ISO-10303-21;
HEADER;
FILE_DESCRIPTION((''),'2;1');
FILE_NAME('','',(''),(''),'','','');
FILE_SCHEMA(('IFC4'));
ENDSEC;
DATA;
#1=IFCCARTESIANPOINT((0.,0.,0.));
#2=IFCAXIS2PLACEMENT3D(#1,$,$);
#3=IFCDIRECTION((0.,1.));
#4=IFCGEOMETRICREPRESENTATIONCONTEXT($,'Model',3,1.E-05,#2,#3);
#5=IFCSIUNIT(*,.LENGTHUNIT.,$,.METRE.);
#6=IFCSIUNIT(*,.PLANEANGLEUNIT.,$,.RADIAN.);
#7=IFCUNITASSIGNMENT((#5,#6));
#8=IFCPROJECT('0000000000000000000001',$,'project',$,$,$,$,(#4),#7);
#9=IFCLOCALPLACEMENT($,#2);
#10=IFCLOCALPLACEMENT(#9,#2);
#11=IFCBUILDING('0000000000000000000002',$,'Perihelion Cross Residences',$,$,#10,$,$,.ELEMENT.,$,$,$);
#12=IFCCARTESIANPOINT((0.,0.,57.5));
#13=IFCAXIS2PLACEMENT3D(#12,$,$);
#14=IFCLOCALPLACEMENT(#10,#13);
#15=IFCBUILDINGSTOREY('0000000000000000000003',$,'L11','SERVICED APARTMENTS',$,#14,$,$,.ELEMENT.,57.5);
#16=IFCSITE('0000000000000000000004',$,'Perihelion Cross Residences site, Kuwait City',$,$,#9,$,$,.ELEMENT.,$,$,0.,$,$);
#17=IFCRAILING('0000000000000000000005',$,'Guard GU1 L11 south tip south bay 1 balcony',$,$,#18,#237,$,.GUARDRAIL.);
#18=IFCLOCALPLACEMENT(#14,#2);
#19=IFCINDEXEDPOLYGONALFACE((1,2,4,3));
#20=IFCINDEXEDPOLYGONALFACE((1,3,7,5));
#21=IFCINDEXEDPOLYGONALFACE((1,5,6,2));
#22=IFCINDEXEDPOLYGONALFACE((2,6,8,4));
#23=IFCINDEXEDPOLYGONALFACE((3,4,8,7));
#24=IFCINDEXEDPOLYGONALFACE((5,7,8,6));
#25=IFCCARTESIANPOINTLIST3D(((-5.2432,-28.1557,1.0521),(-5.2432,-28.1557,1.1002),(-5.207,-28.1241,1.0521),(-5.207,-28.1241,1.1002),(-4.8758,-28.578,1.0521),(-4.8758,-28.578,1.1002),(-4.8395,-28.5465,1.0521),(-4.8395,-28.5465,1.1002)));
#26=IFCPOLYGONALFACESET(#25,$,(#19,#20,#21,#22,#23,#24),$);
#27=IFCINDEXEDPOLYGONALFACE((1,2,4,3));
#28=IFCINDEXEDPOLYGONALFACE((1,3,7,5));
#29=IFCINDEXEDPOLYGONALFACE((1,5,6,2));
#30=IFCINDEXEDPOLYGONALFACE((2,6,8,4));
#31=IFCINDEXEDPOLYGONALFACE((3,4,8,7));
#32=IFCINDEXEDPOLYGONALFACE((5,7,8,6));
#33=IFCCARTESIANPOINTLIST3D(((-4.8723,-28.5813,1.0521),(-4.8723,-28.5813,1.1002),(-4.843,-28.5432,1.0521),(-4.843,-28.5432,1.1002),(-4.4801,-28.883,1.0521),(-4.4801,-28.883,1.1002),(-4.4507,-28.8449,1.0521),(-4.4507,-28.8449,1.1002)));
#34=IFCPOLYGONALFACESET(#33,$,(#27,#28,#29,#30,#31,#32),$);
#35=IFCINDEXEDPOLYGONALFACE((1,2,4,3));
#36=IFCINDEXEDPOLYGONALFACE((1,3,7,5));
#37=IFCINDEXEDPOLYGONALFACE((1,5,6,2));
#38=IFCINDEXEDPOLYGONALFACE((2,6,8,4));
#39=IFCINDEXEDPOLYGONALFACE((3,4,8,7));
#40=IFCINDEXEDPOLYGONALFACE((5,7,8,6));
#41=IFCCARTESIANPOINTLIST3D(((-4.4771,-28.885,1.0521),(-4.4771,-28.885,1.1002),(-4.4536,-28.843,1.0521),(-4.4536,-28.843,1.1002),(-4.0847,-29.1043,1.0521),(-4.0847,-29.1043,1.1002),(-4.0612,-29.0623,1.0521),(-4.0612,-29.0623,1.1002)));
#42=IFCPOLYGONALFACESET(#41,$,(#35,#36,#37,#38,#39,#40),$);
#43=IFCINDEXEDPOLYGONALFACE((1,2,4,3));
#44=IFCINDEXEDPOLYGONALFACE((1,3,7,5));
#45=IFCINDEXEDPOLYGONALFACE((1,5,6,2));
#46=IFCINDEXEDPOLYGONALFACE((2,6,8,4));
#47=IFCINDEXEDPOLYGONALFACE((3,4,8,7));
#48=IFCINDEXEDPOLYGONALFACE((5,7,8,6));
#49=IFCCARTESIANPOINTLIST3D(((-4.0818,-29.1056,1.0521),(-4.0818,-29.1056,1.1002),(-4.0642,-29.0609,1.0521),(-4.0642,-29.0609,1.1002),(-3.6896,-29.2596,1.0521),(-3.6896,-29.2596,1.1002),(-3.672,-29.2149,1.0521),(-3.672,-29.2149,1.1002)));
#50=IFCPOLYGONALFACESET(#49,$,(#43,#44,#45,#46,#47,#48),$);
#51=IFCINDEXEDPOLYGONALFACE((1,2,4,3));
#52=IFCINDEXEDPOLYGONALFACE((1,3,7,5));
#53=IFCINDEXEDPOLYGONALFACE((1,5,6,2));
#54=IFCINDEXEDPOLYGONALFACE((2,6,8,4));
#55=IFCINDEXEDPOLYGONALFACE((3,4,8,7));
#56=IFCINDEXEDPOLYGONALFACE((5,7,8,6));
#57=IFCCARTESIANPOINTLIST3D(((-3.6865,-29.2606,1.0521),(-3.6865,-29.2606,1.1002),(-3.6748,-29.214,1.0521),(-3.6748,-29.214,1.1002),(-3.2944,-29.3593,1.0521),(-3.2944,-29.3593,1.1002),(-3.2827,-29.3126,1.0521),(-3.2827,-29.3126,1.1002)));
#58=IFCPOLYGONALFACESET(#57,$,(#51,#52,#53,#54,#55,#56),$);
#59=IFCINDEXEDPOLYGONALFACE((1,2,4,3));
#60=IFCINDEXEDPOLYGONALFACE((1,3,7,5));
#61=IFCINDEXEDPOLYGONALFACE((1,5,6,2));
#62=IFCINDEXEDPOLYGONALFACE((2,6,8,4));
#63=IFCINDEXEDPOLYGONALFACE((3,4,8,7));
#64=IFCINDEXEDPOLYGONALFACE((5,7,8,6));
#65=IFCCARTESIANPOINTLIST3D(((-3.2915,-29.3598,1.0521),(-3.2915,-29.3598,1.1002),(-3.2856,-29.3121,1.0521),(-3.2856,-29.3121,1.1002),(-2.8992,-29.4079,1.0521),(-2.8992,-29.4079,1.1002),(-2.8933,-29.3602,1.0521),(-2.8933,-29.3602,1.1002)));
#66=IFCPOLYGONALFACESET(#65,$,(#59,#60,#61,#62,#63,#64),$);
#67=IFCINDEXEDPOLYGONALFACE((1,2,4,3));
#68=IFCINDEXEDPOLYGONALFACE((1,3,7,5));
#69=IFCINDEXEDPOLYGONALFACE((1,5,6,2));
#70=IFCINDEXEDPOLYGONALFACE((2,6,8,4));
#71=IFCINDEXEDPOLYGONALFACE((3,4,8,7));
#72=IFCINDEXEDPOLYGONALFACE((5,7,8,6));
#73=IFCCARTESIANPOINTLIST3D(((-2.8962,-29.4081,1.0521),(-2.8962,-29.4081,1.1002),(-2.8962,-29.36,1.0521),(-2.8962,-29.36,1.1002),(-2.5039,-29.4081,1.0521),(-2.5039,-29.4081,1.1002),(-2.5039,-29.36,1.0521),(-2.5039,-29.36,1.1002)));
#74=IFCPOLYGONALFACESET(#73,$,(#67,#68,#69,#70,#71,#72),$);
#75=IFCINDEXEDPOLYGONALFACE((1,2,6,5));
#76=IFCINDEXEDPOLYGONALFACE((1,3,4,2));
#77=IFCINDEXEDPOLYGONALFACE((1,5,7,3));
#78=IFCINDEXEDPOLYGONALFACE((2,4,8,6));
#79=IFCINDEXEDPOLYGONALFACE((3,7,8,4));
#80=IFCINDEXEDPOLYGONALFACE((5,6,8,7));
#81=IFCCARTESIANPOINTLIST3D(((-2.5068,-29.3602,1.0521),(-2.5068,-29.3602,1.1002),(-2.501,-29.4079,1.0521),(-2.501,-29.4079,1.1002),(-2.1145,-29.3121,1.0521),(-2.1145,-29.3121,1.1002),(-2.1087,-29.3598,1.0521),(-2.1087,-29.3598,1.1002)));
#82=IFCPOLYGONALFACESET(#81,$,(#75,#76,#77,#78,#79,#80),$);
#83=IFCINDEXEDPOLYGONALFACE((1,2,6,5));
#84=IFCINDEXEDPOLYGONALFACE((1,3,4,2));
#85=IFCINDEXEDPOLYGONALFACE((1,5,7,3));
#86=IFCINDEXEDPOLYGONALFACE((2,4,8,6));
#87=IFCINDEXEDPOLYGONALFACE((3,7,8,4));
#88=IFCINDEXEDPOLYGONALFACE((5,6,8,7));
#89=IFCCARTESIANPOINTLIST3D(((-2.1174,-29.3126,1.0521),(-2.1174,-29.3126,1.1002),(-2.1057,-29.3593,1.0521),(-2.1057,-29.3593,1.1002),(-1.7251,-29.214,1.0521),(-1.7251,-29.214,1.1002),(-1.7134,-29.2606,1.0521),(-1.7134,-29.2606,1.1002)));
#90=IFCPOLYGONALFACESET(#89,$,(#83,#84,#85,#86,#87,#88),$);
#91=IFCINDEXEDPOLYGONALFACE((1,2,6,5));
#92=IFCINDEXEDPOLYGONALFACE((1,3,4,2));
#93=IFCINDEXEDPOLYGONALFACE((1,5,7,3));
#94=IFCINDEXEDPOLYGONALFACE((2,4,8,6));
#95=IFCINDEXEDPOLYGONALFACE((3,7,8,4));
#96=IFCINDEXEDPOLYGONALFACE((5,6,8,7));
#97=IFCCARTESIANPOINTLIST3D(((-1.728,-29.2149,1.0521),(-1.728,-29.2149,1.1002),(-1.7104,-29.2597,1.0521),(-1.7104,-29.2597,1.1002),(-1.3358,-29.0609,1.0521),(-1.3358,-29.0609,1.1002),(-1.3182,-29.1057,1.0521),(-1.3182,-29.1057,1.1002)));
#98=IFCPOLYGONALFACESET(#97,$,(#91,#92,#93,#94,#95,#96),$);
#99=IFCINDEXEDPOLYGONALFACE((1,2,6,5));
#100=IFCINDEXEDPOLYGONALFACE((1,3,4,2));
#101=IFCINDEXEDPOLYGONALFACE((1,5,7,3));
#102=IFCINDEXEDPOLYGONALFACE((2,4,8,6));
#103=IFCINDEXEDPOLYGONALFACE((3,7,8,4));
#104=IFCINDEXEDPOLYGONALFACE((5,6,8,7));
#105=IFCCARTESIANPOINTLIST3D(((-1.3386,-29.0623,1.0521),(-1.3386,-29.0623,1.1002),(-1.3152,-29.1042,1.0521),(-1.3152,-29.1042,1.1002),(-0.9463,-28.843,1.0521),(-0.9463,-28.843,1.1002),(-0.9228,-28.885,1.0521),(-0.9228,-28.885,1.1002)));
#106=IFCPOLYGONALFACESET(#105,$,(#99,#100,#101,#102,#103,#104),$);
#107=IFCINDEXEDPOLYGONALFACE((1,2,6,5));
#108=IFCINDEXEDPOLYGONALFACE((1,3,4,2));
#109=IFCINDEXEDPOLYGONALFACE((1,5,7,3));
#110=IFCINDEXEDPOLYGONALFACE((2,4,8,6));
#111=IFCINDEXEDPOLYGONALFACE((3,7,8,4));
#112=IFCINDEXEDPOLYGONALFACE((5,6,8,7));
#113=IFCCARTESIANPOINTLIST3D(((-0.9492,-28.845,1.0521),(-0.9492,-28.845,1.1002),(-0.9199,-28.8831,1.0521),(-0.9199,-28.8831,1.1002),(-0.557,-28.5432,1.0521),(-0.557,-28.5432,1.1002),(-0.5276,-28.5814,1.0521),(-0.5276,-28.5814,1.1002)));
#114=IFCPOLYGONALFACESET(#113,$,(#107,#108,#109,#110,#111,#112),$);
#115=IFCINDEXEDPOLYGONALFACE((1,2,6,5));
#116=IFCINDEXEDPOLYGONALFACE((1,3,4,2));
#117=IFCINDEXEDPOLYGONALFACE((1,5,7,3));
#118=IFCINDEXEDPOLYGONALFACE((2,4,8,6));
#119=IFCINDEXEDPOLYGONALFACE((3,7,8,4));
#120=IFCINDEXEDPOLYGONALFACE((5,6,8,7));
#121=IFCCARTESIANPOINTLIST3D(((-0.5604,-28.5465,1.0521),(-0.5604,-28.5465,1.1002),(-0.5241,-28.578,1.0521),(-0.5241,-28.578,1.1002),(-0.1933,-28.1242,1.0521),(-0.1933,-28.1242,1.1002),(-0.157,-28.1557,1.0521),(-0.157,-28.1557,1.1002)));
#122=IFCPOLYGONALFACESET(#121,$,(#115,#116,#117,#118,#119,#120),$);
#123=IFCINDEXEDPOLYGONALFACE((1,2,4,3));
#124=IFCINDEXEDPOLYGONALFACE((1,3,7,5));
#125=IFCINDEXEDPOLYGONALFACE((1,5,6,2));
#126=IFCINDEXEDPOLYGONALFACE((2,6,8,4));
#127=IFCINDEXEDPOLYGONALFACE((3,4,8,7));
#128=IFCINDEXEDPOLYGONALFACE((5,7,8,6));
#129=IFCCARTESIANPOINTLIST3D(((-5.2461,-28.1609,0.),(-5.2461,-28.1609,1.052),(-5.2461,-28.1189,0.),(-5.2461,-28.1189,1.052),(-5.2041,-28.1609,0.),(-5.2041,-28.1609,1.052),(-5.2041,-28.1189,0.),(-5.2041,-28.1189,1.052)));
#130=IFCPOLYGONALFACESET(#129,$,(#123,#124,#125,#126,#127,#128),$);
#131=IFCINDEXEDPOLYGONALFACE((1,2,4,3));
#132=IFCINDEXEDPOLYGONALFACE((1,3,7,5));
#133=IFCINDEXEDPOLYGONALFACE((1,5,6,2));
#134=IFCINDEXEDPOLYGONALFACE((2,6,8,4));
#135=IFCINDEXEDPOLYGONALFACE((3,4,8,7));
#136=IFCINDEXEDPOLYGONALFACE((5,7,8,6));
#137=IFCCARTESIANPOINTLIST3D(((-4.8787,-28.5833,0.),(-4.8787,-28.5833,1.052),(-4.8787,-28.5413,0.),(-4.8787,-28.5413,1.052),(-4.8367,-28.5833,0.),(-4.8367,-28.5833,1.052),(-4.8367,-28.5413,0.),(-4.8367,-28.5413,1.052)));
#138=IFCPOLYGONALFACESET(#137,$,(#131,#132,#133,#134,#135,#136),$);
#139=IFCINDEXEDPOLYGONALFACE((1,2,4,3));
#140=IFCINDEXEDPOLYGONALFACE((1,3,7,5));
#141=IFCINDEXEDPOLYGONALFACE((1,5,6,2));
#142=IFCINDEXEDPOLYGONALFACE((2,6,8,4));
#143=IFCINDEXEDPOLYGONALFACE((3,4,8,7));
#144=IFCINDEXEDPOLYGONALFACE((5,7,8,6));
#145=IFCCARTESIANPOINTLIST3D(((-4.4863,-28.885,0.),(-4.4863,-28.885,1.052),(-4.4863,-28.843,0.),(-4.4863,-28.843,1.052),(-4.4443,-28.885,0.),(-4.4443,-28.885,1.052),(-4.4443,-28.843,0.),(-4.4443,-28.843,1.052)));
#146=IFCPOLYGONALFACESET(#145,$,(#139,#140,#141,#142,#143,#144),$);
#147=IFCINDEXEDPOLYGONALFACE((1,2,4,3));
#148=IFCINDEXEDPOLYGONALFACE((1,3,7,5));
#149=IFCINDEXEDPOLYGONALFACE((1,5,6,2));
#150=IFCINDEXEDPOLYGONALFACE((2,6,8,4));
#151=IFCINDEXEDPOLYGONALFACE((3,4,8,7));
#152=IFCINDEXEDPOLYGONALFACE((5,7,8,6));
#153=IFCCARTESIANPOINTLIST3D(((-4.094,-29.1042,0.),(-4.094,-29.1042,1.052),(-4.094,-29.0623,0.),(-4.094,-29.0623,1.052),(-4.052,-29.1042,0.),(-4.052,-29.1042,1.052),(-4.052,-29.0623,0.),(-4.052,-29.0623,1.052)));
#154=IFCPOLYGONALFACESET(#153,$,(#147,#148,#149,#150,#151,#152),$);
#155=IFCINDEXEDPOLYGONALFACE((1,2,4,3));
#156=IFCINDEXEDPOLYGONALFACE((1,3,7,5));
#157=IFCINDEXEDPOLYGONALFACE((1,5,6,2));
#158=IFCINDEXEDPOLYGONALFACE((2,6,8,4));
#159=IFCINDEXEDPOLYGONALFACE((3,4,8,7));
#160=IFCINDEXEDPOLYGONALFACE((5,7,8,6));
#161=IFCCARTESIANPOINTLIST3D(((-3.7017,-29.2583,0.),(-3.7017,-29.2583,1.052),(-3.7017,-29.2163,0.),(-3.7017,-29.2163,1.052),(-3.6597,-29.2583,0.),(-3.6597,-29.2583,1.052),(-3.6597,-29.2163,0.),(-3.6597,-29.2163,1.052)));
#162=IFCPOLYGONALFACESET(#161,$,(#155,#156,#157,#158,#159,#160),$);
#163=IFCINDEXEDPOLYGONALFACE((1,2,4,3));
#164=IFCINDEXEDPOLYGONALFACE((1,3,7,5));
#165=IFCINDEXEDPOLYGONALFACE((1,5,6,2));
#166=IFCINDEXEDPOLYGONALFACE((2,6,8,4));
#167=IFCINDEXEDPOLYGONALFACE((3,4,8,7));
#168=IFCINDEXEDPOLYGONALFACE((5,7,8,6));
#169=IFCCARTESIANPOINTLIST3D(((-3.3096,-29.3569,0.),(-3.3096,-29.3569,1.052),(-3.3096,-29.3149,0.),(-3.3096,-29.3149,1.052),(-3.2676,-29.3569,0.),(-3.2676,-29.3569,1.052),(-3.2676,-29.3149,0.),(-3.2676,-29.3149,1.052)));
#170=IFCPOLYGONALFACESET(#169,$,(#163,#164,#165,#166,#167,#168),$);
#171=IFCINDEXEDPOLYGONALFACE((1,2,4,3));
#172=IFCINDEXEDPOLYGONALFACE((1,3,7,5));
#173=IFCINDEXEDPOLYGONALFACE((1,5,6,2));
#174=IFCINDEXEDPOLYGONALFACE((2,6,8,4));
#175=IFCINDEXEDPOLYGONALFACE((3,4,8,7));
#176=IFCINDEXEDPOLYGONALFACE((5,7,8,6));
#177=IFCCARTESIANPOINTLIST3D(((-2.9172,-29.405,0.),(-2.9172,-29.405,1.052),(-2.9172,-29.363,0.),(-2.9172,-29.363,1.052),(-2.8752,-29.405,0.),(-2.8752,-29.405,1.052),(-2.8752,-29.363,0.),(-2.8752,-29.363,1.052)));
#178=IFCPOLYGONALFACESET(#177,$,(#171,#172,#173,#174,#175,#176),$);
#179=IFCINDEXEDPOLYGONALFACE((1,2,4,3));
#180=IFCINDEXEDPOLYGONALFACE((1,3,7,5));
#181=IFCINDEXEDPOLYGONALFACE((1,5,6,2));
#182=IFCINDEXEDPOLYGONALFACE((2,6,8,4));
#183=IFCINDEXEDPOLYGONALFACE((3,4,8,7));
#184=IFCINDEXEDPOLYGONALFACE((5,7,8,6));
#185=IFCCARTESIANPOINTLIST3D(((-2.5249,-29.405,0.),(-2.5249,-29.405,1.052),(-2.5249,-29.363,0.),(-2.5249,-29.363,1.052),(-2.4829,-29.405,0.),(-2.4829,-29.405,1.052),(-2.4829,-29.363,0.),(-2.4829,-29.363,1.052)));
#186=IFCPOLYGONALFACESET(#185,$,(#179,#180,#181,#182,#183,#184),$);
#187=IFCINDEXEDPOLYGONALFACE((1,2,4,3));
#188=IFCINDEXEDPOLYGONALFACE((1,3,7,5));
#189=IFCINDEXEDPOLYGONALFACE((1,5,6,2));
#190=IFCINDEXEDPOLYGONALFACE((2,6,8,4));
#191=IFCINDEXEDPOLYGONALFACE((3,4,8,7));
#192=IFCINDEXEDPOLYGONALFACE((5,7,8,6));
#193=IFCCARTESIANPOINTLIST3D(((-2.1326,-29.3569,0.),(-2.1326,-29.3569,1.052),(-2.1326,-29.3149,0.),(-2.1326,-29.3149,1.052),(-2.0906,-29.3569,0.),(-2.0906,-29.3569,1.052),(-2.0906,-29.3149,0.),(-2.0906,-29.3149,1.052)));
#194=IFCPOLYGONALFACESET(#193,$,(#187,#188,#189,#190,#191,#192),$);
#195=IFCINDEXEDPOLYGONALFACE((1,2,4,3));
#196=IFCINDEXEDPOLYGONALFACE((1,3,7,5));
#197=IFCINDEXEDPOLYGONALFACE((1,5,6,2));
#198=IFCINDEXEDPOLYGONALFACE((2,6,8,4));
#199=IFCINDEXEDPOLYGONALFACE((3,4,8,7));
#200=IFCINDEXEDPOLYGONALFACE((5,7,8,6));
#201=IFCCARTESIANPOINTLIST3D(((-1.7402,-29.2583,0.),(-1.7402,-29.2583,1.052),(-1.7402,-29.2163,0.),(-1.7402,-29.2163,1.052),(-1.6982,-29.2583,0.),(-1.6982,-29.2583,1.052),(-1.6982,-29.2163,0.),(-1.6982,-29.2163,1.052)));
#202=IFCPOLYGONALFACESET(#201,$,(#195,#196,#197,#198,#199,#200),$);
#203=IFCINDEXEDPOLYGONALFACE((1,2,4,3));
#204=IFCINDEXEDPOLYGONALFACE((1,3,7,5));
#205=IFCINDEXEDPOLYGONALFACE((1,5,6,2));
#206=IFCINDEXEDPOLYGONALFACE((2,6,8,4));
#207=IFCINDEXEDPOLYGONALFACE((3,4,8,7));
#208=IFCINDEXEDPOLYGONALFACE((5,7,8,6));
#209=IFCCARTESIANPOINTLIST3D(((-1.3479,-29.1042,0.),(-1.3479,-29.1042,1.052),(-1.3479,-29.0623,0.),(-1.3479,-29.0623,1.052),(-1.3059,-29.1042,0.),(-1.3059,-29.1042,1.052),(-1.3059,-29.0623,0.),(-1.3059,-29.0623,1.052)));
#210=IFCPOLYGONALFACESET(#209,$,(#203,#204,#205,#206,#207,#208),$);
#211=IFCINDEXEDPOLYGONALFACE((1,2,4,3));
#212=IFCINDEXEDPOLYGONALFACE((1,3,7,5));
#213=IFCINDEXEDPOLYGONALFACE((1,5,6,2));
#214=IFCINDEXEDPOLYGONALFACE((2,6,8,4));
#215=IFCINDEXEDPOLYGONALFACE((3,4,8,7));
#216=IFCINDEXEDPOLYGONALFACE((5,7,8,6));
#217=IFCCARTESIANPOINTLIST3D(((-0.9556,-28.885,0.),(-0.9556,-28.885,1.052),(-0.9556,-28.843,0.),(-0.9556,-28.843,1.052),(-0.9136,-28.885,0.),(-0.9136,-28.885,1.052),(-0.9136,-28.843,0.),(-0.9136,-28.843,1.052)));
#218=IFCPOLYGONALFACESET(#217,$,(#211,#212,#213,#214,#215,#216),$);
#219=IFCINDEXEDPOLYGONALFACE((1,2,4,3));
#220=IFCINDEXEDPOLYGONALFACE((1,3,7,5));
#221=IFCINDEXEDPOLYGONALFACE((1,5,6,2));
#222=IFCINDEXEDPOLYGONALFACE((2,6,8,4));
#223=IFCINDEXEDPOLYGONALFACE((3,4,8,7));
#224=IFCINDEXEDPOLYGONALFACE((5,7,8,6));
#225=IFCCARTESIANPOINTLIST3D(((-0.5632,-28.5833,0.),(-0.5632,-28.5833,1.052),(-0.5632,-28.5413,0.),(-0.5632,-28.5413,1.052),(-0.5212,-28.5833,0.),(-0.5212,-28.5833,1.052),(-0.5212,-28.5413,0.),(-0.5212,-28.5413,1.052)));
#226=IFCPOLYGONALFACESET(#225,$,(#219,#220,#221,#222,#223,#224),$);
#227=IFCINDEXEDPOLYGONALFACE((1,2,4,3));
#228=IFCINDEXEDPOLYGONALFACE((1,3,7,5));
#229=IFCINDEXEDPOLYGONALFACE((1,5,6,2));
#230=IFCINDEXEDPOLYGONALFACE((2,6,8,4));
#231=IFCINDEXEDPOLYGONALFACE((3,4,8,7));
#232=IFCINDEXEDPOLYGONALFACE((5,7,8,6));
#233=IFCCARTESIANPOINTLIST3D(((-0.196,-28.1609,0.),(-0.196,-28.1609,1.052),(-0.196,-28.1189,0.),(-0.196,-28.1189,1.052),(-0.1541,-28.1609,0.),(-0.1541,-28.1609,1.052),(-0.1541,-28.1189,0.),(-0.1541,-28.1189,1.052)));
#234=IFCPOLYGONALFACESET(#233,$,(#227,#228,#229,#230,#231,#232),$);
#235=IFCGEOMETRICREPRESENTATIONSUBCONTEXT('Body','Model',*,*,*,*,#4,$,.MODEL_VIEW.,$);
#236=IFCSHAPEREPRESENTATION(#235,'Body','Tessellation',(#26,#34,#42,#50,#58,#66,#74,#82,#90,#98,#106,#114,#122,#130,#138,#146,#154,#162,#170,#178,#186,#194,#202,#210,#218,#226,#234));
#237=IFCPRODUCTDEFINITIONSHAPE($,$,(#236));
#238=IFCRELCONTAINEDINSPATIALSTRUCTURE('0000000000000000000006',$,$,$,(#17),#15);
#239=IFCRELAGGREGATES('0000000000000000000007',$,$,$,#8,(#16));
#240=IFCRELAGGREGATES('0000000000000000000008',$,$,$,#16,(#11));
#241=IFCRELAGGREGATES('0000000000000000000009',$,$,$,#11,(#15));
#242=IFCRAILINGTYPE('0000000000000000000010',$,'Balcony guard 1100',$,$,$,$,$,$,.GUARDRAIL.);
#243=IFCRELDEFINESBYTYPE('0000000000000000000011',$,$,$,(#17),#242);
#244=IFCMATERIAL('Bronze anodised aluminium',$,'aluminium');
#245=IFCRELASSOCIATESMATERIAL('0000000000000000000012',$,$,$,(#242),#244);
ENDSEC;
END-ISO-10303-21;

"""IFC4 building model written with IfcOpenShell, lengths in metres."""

from ifc_helpers import new_model, si_unit, direction, frame, origin, origin_2d, place, context, subcontext, project, spatial, rectangle, extrude, material, type_object, element, save


model = new_model("IFC4")

# Units and contexts
model_context = context("Model", 3, precision=1e-05, world=origin(), true_north=direction((0.0, 1.0)))
body_context = subcontext(model_context, "Body", "Model", "MODEL_VIEW")
ifc_project = project(units=[si_unit("LENGTHUNIT", "METRE"), si_unit("PLANEANGLEUNIT", "RADIAN")], contexts=[model_context])

# Site, building, storey
site_placement = place(None, origin())
site = spatial("IfcSite", under=ifc_project, at=site_placement, Name="Perihelion Cross Residences site, Kuwait City", CompositionType="ELEMENT", RefElevation=0.0)
building_placement = place(site_placement, origin())
building = spatial("IfcBuilding", under=site, at=building_placement, Name="Perihelion Cross Residences", CompositionType="ELEMENT")
storey_placement = place(building_placement, frame((0.0, 0.0, 57.5)))
storey = spatial("IfcBuildingStorey", under=building, at=storey_placement, Name="L11", Description="SERVICED APARTMENTS", CompositionType="ELEMENT", Elevation=57.5)

# Railing
ifc_material_1 = material(Name="Bronze anodised aluminium", Category="aluminium")
railing_type = type_object("IfcRailingType", Name="Balcony guard 1100", PredefinedType="GUARDRAIL", material=ifc_material_1)
railing_placement = place(storey_placement, frame((-5.2251, -28.1399, 0.0)))
element("IfcRailing", 1, at=railing_placement, inside=storey, type_object=railing_type, Name="Guard GU1 L11 south tip south bay 1 balcony", PredefinedType="GUARDRAIL", context=body_context, shape_type="SweptSolid", body=[
    extrude(rectangle(XDim=0.0481, YDim=0.0481, at=origin_2d()), frame((0.0, 0.0, 1.0762), z_axis=(0.656341, -0.754465, 0.0), x_axis=(0.754465, 0.656341, 0.0)), (0.0, 0.0, 1.0), 0.5598),
    extrude(rectangle(XDim=0.0481, YDim=0.0481, at=origin_2d()), frame((0.3674, -0.4224, 1.0762), z_axis=(0.792661, -0.609663, 0.0), x_axis=(0.609663, 0.792661, 0.0)), (0.0, 0.0, 1.0), 0.4949),
    extrude(rectangle(XDim=0.0481, YDim=0.0481, at=origin_2d()), frame((0.7598, -0.7241, 1.0762), z_axis=(0.87295, -0.487809, 0.0), x_axis=(0.487809, 0.87295, 0.0)), (0.0, 0.0, 1.0), 0.4495),
    extrude(rectangle(XDim=0.0481, YDim=0.0481, at=origin_2d()), frame((1.1521, -0.9434, 1.0762), z_axis=(0.930815, -0.365491, 0.0), x_axis=(0.365491, 0.930815, 0.0)), (0.0, 0.0, 1.0), 0.4214),
    extrude(rectangle(XDim=0.0481, YDim=0.0481, at=origin_2d()), frame((1.5444, -1.0974, 1.0762), z_axis=(0.969786, -0.243956, 0.0), x_axis=(0.243956, 0.969786, 0.0)), (0.0, 0.0, 1.0), 0.4043),
    extrude(rectangle(XDim=0.0481, YDim=0.0481, at=origin_2d()), frame((1.9365, -1.196, 1.0762), z_axis=(0.99257, -0.121678, 0.0), x_axis=(0.121678, 0.99257, 0.0)), (0.0, 0.0, 1.0), 0.3953),
    extrude(rectangle(XDim=0.0481, YDim=0.0481, at=origin_2d()), frame((2.3289, -1.2441, 1.0762), z_axis=(1.0, 0.0, 0.0), x_axis=(0.0, 1.0, 0.0)), (0.0, 0.0, 1.0), 0.3923),
    extrude(rectangle(XDim=0.0481, YDim=0.0481, at=origin_2d()), frame((2.7212, -1.2441, 1.0762), z_axis=(0.99257, 0.121678, 0.0), x_axis=(-0.121678, 0.99257, 0.0)), (0.0, 0.0, 1.0), 0.3953),
    extrude(rectangle(XDim=0.0481, YDim=0.0481, at=origin_2d()), frame((3.1135, -1.196, 1.0762), z_axis=(0.969822, 0.243813, 0.0), x_axis=(-0.243813, 0.969822, 0.0)), (0.0, 0.0, 1.0), 0.4045),
    extrude(rectangle(XDim=0.0481, YDim=0.0481, at=origin_2d()), frame((3.5059, -1.0974, 1.0762), z_axis=(0.930815, 0.365491, 0.0), x_axis=(-0.365491, 0.930815, 0.0)), (0.0, 0.0, 1.0), 0.4214),
    extrude(rectangle(XDim=0.0481, YDim=0.0481, at=origin_2d()), frame((3.8982, -0.9434, 1.0762), z_axis=(0.87295, 0.487809, 0.0), x_axis=(-0.487809, 0.87295, 0.0)), (0.0, 0.0, 1.0), 0.4495),
    extrude(rectangle(XDim=0.0481, YDim=0.0481, at=origin_2d()), frame((4.2905, -0.7241, 1.0762), z_axis=(0.792661, 0.609663, 0.0), x_axis=(-0.609663, 0.792661, 0.0)), (0.0, 0.0, 1.0), 0.4949),
    extrude(rectangle(XDim=0.0481, YDim=0.0481, at=origin_2d()), frame((4.6829, -0.4224, 1.0762), z_axis=(0.656092, 0.754681, 0.0), x_axis=(-0.754681, 0.656092, 0.0)), (0.0, 0.0, 1.0), 0.5596),
    extrude(rectangle(XDim=0.042, YDim=0.042, at=origin_2d()), origin(), (0.0, 0.0, 1.0), 1.052),
    extrude(rectangle(XDim=0.042, YDim=0.042, at=origin_2d()), frame((0.3674, -0.4224, 0.0)), (0.0, 0.0, 1.0), 1.052),
    extrude(rectangle(XDim=0.042, YDim=0.042, at=origin_2d()), frame((0.7598, -0.7241, 0.0)), (0.0, 0.0, 1.0), 1.052),
    extrude(rectangle(XDim=0.042, YDim=0.042, at=origin_2d()), frame((1.1521, -0.9434, 0.0)), (0.0, 0.0, 1.0), 1.052),
    extrude(rectangle(XDim=0.042, YDim=0.042, at=origin_2d()), frame((1.5444, -1.0974, 0.0)), (0.0, 0.0, 1.0), 1.052),
    extrude(rectangle(XDim=0.042, YDim=0.042, at=origin_2d()), frame((1.9365, -1.196, 0.0)), (0.0, 0.0, 1.0), 1.052),
    extrude(rectangle(XDim=0.042, YDim=0.042, at=origin_2d()), frame((2.3289, -1.2441, 0.0)), (0.0, 0.0, 1.0), 1.052),
    extrude(rectangle(XDim=0.042, YDim=0.042, at=origin_2d()), frame((2.7212, -1.2441, 0.0)), (0.0, 0.0, 1.0), 1.052),
    extrude(rectangle(XDim=0.042, YDim=0.042, at=origin_2d()), frame((3.1135, -1.196, 0.0)), (0.0, 0.0, 1.0), 1.052),
    extrude(rectangle(XDim=0.042, YDim=0.042, at=origin_2d()), frame((3.5059, -1.0974, 0.0)), (0.0, 0.0, 1.0), 1.052),
    extrude(rectangle(XDim=0.042, YDim=0.042, at=origin_2d()), frame((3.8982, -0.9434, 0.0)), (0.0, 0.0, 1.0), 1.052),
    extrude(rectangle(XDim=0.042, YDim=0.042, at=origin_2d()), frame((4.2905, -0.7241, 0.0)), (0.0, 0.0, 1.0), 1.052),
    extrude(rectangle(XDim=0.042, YDim=0.042, at=origin_2d()), frame((4.6829, -0.4224, 0.0)), (0.0, 0.0, 1.0), 1.052),
    extrude(rectangle(XDim=0.042, YDim=0.042, at=origin_2d()), frame((5.05, 0.0, 0.0)), (0.0, 0.0, 1.0), 1.052),
])

save(model, "model.ifc")
